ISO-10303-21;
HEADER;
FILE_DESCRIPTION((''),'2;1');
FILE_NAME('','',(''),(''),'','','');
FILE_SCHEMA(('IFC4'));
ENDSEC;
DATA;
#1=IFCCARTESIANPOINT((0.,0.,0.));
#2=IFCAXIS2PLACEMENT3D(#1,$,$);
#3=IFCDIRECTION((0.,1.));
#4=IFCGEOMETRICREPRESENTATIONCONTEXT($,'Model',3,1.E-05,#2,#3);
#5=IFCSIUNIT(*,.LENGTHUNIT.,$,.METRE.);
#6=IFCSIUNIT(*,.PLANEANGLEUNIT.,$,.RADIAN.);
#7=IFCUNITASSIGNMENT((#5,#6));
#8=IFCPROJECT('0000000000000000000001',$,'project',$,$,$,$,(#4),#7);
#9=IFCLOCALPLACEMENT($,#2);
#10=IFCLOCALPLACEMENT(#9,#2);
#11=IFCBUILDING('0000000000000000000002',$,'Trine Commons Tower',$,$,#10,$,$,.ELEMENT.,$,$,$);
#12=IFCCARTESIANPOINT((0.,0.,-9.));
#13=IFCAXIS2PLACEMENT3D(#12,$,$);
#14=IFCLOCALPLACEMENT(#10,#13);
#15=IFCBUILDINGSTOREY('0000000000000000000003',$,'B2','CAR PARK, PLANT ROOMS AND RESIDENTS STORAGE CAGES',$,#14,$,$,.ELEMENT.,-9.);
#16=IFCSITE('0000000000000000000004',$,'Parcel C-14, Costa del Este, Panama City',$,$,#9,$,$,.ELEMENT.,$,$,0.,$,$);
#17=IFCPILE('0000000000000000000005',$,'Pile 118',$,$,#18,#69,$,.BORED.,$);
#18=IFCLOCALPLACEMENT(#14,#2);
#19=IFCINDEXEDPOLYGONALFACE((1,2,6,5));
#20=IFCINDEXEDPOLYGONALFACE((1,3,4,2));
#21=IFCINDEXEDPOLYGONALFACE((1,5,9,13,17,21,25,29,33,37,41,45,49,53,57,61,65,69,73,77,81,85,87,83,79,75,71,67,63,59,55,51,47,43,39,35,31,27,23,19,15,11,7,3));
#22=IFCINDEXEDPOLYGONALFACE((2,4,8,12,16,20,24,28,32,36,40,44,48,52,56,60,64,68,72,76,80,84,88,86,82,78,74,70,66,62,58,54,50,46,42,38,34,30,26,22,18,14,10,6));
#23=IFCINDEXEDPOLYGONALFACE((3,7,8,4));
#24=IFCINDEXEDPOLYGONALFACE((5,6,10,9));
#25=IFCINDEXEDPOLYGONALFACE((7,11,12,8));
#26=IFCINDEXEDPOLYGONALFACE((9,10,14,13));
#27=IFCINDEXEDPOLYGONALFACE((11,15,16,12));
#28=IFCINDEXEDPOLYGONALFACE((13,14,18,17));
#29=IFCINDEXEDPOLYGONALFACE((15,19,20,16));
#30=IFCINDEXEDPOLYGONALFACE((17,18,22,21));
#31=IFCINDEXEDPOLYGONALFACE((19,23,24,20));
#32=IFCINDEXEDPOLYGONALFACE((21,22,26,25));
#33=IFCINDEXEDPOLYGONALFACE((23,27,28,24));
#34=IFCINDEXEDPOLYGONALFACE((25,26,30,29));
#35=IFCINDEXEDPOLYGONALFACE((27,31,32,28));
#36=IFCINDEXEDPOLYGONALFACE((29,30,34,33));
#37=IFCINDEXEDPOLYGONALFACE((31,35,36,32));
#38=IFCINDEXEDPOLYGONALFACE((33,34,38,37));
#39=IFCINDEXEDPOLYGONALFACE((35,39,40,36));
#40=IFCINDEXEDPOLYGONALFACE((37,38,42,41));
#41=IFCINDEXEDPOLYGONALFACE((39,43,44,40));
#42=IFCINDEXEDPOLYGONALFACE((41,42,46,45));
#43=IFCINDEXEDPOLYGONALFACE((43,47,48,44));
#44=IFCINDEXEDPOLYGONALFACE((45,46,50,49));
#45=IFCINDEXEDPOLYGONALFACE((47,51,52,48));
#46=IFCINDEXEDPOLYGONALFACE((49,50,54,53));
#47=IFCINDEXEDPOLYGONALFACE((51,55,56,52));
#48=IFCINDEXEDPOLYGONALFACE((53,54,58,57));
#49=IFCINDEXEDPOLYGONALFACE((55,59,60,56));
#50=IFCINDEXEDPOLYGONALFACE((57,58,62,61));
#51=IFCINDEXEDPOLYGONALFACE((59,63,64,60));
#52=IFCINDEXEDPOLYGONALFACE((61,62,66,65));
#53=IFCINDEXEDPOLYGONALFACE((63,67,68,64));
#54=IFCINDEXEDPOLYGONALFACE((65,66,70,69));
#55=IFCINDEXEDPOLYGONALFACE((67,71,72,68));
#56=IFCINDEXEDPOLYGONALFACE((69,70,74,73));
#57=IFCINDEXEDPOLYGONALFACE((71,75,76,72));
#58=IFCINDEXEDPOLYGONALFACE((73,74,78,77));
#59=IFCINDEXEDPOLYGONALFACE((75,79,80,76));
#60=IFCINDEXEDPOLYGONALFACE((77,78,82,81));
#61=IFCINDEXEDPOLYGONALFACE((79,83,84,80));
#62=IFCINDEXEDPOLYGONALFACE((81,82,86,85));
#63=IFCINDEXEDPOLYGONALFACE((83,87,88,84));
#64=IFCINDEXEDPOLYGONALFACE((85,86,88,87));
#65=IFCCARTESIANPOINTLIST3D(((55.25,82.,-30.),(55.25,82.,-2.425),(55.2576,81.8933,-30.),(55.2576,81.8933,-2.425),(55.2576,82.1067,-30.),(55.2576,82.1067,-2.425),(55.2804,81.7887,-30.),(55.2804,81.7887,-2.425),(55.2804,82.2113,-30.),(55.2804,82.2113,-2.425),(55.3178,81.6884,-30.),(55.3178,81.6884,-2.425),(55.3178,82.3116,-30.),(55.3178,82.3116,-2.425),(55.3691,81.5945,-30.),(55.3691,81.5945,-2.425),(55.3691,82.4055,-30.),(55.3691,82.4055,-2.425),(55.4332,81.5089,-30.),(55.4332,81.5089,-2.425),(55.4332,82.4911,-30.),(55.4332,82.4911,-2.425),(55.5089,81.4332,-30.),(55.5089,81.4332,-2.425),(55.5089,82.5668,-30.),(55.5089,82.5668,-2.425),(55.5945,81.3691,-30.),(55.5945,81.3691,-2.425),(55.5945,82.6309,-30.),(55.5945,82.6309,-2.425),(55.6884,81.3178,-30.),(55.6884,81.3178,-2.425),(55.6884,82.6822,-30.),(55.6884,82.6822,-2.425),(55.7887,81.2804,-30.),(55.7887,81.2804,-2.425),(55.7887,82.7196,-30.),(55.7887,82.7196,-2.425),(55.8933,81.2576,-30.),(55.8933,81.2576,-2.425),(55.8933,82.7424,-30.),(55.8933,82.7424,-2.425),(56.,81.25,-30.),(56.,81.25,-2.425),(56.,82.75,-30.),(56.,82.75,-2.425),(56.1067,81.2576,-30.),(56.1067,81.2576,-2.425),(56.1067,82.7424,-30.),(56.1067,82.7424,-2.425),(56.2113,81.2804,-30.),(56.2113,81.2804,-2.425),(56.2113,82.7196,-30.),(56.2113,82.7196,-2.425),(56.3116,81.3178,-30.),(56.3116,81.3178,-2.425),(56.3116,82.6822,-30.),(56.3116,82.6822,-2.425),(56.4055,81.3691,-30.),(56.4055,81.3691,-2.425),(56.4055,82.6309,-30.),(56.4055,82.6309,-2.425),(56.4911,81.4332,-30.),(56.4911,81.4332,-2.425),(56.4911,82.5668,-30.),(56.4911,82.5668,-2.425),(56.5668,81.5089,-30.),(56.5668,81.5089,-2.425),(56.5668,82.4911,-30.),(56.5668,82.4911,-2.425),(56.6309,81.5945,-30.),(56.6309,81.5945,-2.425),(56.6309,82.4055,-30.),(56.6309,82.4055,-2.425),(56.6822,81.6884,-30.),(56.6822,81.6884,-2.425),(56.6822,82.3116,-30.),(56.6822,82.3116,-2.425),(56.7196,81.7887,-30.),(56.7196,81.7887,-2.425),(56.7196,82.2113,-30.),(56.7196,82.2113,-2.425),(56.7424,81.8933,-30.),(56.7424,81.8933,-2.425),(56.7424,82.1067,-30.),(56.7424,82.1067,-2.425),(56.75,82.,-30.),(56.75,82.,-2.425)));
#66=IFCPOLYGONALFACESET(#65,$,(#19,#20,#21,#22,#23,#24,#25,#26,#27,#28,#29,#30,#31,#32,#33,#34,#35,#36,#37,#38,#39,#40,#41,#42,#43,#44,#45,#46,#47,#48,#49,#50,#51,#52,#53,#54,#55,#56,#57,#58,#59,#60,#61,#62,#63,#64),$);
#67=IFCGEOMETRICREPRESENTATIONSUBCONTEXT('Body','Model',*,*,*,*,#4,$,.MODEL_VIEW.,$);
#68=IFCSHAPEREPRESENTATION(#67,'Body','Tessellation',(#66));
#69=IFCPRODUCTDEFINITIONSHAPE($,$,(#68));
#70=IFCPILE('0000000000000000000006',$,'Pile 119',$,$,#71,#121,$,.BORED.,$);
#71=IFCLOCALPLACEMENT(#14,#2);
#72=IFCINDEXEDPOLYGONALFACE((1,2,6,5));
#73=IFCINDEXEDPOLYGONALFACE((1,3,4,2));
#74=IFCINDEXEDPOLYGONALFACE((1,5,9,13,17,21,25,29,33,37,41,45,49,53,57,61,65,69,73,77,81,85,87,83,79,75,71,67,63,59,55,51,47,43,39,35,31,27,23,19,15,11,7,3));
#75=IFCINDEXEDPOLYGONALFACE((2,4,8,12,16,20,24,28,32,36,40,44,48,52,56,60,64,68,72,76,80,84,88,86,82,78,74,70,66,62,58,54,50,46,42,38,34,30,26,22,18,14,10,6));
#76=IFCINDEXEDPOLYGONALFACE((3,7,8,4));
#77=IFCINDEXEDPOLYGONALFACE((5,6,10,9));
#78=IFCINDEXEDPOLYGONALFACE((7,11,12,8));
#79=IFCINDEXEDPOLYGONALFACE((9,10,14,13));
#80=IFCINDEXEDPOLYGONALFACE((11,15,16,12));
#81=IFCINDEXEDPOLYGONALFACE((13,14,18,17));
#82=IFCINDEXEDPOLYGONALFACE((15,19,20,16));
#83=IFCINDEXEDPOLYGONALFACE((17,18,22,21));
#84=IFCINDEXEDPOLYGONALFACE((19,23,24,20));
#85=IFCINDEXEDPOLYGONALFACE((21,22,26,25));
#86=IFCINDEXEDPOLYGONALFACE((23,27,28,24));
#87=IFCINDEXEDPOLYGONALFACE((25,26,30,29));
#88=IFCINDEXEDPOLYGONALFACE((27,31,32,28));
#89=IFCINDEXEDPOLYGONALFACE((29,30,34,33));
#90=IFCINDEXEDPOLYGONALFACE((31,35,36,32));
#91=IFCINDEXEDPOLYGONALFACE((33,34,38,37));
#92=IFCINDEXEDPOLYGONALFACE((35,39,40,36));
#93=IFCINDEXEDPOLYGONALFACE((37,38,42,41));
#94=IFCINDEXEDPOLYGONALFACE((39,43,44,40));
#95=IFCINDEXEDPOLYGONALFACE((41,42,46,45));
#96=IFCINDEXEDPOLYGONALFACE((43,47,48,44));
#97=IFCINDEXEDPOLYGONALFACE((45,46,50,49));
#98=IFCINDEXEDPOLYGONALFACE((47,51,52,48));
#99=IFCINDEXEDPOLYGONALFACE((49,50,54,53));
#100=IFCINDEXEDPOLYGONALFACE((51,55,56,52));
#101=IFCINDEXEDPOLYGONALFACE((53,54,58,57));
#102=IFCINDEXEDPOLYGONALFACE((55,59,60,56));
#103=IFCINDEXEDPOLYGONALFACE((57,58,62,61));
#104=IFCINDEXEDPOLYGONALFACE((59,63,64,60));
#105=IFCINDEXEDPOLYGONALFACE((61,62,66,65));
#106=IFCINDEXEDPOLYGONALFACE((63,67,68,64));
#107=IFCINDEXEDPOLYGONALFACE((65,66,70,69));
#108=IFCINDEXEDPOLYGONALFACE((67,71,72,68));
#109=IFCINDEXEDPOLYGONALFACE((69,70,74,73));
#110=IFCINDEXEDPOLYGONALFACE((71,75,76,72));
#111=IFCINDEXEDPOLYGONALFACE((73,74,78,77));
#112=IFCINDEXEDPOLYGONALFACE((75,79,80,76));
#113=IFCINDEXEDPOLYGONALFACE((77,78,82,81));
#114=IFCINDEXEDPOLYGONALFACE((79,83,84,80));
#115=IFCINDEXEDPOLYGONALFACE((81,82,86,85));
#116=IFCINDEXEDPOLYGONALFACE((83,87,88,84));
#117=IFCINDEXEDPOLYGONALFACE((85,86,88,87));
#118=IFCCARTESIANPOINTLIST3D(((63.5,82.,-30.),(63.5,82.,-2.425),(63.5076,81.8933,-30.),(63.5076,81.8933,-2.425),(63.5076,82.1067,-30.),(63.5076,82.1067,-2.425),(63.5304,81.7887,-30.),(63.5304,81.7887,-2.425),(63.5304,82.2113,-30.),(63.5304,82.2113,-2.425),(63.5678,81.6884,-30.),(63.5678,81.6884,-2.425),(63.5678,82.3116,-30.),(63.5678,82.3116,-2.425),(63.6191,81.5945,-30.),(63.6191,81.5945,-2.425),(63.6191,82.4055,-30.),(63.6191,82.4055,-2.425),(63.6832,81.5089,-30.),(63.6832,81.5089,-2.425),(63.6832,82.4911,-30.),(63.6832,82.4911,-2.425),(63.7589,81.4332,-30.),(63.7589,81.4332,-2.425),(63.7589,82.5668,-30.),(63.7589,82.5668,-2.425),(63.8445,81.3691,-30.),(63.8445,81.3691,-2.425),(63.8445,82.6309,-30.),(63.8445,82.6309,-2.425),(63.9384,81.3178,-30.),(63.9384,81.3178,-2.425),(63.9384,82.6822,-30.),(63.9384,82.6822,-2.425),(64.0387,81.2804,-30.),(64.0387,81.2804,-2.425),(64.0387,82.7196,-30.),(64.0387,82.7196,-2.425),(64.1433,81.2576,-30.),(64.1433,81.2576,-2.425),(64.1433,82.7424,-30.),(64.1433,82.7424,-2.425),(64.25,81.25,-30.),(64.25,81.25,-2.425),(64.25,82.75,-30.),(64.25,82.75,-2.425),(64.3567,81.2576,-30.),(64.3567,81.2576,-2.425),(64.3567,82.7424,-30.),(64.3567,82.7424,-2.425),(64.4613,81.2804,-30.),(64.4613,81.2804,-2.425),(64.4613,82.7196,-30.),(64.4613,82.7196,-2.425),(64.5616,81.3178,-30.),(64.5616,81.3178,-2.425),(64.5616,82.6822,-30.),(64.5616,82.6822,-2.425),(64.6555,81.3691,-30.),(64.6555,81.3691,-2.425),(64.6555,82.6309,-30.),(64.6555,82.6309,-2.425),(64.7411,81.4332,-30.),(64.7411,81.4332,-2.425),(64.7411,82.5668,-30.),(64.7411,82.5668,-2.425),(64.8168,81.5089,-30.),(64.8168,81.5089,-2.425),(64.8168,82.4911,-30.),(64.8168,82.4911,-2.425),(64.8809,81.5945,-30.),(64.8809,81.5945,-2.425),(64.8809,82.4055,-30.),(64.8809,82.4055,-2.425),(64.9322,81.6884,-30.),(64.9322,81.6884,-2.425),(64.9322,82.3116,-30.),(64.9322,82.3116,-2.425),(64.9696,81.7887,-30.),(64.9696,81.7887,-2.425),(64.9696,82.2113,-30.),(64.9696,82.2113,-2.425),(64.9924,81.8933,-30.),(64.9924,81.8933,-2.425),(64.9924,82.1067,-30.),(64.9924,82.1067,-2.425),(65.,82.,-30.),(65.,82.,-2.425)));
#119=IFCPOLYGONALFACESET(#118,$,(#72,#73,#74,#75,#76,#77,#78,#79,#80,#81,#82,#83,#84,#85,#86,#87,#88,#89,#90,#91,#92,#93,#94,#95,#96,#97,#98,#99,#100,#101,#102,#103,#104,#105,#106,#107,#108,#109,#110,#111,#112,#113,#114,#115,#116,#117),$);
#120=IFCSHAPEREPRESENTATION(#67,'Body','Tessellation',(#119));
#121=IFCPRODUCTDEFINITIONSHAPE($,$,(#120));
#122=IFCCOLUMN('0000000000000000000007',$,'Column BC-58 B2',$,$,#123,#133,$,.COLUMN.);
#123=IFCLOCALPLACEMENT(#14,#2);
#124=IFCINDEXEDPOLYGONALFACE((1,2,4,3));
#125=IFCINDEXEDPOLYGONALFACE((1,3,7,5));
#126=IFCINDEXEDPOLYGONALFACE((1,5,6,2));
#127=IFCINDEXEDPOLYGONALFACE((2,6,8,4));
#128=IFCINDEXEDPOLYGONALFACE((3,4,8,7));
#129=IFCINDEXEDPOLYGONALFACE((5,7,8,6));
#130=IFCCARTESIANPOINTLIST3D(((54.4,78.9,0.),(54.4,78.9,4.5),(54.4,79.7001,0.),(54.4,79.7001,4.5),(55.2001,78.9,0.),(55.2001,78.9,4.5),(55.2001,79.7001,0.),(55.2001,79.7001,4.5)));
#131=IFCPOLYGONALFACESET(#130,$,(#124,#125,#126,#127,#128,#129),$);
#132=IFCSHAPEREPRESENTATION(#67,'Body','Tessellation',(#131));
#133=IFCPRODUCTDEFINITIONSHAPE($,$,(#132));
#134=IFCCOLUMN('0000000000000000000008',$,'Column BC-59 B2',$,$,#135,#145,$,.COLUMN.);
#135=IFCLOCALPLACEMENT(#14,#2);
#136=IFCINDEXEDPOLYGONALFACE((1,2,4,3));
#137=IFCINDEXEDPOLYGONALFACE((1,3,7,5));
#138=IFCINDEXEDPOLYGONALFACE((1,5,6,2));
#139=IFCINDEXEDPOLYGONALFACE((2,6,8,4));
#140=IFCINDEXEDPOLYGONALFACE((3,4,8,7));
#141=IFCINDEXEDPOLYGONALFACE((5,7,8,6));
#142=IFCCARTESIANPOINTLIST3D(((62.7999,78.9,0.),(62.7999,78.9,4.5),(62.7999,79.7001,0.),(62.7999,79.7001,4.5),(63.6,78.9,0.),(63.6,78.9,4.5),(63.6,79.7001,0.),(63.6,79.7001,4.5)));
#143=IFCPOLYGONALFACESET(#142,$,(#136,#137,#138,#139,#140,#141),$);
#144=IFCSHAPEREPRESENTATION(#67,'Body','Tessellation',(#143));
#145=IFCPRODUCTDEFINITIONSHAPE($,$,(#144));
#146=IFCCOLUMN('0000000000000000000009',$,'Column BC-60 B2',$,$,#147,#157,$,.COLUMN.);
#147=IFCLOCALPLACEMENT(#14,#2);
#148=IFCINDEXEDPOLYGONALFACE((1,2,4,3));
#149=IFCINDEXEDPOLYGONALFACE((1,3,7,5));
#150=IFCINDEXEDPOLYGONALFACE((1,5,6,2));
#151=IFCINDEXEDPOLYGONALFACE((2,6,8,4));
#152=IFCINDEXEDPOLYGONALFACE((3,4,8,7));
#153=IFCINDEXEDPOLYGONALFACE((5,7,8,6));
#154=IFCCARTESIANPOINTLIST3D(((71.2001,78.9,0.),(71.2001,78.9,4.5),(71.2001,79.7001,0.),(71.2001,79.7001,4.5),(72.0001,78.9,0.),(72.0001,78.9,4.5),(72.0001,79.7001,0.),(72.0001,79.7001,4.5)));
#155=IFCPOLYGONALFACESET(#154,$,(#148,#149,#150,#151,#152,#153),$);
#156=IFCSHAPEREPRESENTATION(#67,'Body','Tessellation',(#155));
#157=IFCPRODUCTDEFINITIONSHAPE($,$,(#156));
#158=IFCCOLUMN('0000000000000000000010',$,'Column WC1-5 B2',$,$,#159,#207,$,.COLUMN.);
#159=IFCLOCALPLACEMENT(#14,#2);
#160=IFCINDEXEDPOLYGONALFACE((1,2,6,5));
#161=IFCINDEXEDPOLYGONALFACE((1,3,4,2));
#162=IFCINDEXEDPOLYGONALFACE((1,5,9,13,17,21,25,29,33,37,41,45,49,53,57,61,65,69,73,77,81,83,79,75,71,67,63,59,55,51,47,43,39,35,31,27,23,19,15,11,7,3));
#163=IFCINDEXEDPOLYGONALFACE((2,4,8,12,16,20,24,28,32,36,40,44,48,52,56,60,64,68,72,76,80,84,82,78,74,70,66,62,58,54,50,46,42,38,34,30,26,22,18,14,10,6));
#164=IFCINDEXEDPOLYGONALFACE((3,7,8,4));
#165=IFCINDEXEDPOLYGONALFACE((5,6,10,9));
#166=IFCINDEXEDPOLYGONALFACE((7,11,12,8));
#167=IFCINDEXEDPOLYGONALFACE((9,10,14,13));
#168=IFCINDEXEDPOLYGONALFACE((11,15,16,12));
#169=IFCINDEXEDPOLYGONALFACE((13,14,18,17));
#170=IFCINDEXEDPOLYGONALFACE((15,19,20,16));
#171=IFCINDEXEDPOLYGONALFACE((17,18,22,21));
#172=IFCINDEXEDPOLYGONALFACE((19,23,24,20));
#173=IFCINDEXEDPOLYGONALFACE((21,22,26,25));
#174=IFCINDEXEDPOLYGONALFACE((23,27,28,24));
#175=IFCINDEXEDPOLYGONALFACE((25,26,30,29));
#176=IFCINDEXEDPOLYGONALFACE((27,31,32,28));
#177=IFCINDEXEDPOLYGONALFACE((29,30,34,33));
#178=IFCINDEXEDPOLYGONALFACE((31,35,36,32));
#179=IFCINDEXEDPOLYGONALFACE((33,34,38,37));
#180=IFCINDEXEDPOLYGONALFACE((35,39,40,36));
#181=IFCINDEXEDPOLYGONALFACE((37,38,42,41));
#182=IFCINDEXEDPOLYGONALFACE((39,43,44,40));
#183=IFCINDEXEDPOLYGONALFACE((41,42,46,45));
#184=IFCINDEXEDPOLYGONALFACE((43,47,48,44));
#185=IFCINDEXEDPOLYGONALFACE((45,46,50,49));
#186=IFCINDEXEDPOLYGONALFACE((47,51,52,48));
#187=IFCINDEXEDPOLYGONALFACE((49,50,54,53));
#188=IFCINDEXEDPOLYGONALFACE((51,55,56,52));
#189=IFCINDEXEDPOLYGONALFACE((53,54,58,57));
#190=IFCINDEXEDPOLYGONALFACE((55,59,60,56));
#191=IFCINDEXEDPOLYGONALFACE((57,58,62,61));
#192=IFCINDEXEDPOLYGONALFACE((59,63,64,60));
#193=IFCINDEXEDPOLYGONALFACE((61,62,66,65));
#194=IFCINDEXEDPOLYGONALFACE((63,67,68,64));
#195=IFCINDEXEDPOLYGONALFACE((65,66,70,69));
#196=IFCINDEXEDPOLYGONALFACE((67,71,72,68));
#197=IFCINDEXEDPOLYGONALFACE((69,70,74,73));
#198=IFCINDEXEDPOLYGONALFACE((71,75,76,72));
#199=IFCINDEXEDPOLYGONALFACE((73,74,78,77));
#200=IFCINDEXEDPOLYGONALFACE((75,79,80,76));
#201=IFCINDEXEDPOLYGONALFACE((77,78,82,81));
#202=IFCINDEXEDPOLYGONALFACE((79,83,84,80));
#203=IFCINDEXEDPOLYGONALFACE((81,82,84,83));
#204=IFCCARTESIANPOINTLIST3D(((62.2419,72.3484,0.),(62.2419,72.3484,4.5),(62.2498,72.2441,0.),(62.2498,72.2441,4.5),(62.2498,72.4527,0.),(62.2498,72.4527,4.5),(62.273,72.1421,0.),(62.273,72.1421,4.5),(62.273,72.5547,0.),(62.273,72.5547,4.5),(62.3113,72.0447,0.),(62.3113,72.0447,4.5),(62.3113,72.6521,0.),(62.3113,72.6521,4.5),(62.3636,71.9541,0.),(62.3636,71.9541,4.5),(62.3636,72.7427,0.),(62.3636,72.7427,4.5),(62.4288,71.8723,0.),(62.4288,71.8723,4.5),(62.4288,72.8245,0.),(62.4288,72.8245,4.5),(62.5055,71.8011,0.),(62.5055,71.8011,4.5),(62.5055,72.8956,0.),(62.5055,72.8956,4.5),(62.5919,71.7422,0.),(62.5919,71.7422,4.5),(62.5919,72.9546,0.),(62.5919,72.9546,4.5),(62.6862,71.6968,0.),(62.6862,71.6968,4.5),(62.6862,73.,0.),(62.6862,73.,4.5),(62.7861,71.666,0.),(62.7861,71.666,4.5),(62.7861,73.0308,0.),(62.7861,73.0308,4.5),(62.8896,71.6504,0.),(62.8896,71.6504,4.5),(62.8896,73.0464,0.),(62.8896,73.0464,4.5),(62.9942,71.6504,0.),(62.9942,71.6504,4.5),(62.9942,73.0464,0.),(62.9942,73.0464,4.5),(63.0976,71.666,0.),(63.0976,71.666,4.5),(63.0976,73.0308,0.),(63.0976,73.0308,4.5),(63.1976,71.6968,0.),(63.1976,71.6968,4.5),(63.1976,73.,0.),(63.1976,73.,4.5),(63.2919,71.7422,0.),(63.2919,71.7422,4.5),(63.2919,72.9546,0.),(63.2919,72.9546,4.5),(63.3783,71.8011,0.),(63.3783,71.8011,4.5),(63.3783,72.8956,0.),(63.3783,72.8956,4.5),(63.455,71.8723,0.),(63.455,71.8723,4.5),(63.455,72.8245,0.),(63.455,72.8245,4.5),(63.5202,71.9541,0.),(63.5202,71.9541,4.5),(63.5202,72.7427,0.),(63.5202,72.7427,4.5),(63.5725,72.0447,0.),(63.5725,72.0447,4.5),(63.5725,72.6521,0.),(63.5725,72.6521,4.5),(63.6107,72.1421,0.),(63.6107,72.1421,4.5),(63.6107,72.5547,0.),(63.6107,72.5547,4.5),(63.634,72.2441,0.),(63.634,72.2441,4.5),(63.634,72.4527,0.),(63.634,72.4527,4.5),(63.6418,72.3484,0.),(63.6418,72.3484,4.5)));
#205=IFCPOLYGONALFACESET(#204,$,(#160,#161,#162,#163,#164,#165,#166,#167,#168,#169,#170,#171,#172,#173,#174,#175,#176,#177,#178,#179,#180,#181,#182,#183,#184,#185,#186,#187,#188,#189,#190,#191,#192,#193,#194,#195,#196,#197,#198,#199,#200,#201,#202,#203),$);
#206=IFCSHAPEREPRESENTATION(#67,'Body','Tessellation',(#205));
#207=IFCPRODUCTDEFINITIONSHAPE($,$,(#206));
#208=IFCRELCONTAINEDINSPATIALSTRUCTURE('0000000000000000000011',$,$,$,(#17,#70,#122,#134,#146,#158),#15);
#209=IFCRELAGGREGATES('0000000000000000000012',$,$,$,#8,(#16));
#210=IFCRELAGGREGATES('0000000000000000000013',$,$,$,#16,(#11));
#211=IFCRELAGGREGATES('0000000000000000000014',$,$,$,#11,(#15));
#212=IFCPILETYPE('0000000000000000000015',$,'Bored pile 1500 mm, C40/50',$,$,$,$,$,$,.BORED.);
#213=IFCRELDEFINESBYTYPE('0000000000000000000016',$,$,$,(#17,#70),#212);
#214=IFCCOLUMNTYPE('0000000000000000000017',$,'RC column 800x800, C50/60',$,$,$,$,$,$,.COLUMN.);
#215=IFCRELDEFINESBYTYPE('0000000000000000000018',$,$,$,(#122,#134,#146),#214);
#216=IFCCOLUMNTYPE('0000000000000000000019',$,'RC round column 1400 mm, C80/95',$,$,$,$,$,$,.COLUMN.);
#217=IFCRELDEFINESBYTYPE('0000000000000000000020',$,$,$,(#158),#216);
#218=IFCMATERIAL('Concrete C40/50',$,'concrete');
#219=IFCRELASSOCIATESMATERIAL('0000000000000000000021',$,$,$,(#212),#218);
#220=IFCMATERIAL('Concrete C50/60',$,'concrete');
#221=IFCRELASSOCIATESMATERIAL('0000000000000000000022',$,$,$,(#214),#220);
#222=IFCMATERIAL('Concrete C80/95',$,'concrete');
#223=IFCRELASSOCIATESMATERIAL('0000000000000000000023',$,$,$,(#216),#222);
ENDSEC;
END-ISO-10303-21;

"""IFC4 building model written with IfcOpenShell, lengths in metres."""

from ifc_helpers import new_model, si_unit, direction, frame, origin, origin_2d, place, context, subcontext, project, spatial, rectangle, circle, extrude, material, material_profile, profile_set, type_object, element, save


model = new_model("IFC4")

# Units and contexts
model_context = context("Model", 3, precision=1e-05, world=origin(), true_north=direction((0.0, 1.0)))
body_context = subcontext(model_context, "Body", "Model", "MODEL_VIEW")
ifc_project = project(units=[si_unit("LENGTHUNIT", "METRE"), si_unit("PLANEANGLEUNIT", "RADIAN")], contexts=[model_context])

# Site, building, storey
site_placement = place(None, origin())
site = spatial("IfcSite", under=ifc_project, at=site_placement, Name="Parcel C-14, Costa del Este, Panama City", CompositionType="ELEMENT", RefElevation=0.0)
building_placement = place(site_placement, origin())
building = spatial("IfcBuilding", under=site, at=building_placement, Name="Trine Commons Tower", CompositionType="ELEMENT")
storey_placement = place(building_placement, frame((0.0, 0.0, -9.0)))
storey = spatial("IfcBuildingStorey", under=building, at=storey_placement, Name="B2", Description="CAR PARK, PLANT ROOMS AND RESIDENTS STORAGE CAGES", CompositionType="ELEMENT", Elevation=-9.0)

# Piles
ifc_material_1 = material(Name="Concrete C40/50", Category="concrete")
pile_type = type_object("IfcPileType", Name="Bored pile 1500 mm, C40/50", PredefinedType="BORED", material=ifc_material_1)
for number, where, z_axis, x_axis, name in (
    (1, (56.0, 82.0, -2.425), (0.0, 0.0, -1.0), (1.0, 0.0, 0.0), "Pile 118"),
    (2, (64.25, 82.0, -2.425), (0.0, 0.0, -1.0), (1.0, 0.0, 0.0), "Pile 119"),
):
    element("IfcPile", number, at=place(storey_placement, frame(where, z_axis=z_axis, x_axis=x_axis)), inside=storey, type_object=pile_type, Name=name, PredefinedType="BORED", context=body_context, shape_type="SweptSolid", body=[
        extrude(circle(Radius=0.75, at=origin_2d()), origin(), (0.0, 0.0, 1.0), 27.575),
    ])

# Columns
ifc_material_2 = material(Name="Concrete C50/60", Category="concrete")
ifc_material_profile_1 = material_profile(ifc_material_2, rectangle(XDim=0.8, YDim=0.8, at=origin_2d()), Name="RC 800x800")
ifc_profile_set_1 = profile_set([ifc_material_profile_1], Name="Concrete C50/60")
column_type_1 = type_object("IfcColumnType", Name="RC column 800x800, C50/60", PredefinedType="COLUMN", material=ifc_profile_set_1)
for number, where, z_axis, x_axis, name in (
    (3, (54.8, 79.3, 0.0), (0.0, 0.0, 1.0), (1.0, 0.0, 0.0), "Column BC-58 B2"),
    (4, (63.2, 79.3, 0.0), (0.0, 0.0, 1.0), (1.0, 0.0, 0.0), "Column BC-59 B2"),
    (5, (71.6001, 79.3, 0.0), (0.0, 0.0, 1.0), (1.0, 0.0, 0.0), "Column BC-60 B2"),
):
    element("IfcColumn", number, at=place(storey_placement, frame(where, z_axis=z_axis, x_axis=x_axis)), inside=storey, type_object=column_type_1, Name=name, PredefinedType="COLUMN", context=body_context, shape_type="SweptSolid", body=[
        extrude(rectangle(XDim=0.8, YDim=0.8, at=origin_2d()), origin(), (0.0, 0.0, 1.0), 4.5),
    ])
ifc_material_3 = material(Name="Concrete C80/95", Category="concrete")
ifc_material_profile_2 = material_profile(ifc_material_3, circle(Radius=0.7, at=origin_2d()), Name="RC round 1400")
ifc_profile_set_2 = profile_set([ifc_material_profile_2], Name="Concrete C80/95")
column_type_2 = type_object("IfcColumnType", Name="RC round column 1400 mm, C80/95", PredefinedType="COLUMN", material=ifc_profile_set_2)
for number, where, z_axis, x_axis, name in (
    (6, (62.9419, 72.3484, 0.0), (0.0, 0.0, 1.0), (1.0, 0.0, 0.0), "Column WC1-5 B2"),
):
    element("IfcColumn", number, at=place(storey_placement, frame(where, z_axis=z_axis, x_axis=x_axis)), inside=storey, type_object=column_type_2, Name=name, PredefinedType="COLUMN", context=body_context, shape_type="SweptSolid", body=[
        extrude(circle(Radius=0.7, at=origin_2d()), origin(), (0.0, 0.0, 1.0), 4.5),
    ])

save(model, "model.ifc")
